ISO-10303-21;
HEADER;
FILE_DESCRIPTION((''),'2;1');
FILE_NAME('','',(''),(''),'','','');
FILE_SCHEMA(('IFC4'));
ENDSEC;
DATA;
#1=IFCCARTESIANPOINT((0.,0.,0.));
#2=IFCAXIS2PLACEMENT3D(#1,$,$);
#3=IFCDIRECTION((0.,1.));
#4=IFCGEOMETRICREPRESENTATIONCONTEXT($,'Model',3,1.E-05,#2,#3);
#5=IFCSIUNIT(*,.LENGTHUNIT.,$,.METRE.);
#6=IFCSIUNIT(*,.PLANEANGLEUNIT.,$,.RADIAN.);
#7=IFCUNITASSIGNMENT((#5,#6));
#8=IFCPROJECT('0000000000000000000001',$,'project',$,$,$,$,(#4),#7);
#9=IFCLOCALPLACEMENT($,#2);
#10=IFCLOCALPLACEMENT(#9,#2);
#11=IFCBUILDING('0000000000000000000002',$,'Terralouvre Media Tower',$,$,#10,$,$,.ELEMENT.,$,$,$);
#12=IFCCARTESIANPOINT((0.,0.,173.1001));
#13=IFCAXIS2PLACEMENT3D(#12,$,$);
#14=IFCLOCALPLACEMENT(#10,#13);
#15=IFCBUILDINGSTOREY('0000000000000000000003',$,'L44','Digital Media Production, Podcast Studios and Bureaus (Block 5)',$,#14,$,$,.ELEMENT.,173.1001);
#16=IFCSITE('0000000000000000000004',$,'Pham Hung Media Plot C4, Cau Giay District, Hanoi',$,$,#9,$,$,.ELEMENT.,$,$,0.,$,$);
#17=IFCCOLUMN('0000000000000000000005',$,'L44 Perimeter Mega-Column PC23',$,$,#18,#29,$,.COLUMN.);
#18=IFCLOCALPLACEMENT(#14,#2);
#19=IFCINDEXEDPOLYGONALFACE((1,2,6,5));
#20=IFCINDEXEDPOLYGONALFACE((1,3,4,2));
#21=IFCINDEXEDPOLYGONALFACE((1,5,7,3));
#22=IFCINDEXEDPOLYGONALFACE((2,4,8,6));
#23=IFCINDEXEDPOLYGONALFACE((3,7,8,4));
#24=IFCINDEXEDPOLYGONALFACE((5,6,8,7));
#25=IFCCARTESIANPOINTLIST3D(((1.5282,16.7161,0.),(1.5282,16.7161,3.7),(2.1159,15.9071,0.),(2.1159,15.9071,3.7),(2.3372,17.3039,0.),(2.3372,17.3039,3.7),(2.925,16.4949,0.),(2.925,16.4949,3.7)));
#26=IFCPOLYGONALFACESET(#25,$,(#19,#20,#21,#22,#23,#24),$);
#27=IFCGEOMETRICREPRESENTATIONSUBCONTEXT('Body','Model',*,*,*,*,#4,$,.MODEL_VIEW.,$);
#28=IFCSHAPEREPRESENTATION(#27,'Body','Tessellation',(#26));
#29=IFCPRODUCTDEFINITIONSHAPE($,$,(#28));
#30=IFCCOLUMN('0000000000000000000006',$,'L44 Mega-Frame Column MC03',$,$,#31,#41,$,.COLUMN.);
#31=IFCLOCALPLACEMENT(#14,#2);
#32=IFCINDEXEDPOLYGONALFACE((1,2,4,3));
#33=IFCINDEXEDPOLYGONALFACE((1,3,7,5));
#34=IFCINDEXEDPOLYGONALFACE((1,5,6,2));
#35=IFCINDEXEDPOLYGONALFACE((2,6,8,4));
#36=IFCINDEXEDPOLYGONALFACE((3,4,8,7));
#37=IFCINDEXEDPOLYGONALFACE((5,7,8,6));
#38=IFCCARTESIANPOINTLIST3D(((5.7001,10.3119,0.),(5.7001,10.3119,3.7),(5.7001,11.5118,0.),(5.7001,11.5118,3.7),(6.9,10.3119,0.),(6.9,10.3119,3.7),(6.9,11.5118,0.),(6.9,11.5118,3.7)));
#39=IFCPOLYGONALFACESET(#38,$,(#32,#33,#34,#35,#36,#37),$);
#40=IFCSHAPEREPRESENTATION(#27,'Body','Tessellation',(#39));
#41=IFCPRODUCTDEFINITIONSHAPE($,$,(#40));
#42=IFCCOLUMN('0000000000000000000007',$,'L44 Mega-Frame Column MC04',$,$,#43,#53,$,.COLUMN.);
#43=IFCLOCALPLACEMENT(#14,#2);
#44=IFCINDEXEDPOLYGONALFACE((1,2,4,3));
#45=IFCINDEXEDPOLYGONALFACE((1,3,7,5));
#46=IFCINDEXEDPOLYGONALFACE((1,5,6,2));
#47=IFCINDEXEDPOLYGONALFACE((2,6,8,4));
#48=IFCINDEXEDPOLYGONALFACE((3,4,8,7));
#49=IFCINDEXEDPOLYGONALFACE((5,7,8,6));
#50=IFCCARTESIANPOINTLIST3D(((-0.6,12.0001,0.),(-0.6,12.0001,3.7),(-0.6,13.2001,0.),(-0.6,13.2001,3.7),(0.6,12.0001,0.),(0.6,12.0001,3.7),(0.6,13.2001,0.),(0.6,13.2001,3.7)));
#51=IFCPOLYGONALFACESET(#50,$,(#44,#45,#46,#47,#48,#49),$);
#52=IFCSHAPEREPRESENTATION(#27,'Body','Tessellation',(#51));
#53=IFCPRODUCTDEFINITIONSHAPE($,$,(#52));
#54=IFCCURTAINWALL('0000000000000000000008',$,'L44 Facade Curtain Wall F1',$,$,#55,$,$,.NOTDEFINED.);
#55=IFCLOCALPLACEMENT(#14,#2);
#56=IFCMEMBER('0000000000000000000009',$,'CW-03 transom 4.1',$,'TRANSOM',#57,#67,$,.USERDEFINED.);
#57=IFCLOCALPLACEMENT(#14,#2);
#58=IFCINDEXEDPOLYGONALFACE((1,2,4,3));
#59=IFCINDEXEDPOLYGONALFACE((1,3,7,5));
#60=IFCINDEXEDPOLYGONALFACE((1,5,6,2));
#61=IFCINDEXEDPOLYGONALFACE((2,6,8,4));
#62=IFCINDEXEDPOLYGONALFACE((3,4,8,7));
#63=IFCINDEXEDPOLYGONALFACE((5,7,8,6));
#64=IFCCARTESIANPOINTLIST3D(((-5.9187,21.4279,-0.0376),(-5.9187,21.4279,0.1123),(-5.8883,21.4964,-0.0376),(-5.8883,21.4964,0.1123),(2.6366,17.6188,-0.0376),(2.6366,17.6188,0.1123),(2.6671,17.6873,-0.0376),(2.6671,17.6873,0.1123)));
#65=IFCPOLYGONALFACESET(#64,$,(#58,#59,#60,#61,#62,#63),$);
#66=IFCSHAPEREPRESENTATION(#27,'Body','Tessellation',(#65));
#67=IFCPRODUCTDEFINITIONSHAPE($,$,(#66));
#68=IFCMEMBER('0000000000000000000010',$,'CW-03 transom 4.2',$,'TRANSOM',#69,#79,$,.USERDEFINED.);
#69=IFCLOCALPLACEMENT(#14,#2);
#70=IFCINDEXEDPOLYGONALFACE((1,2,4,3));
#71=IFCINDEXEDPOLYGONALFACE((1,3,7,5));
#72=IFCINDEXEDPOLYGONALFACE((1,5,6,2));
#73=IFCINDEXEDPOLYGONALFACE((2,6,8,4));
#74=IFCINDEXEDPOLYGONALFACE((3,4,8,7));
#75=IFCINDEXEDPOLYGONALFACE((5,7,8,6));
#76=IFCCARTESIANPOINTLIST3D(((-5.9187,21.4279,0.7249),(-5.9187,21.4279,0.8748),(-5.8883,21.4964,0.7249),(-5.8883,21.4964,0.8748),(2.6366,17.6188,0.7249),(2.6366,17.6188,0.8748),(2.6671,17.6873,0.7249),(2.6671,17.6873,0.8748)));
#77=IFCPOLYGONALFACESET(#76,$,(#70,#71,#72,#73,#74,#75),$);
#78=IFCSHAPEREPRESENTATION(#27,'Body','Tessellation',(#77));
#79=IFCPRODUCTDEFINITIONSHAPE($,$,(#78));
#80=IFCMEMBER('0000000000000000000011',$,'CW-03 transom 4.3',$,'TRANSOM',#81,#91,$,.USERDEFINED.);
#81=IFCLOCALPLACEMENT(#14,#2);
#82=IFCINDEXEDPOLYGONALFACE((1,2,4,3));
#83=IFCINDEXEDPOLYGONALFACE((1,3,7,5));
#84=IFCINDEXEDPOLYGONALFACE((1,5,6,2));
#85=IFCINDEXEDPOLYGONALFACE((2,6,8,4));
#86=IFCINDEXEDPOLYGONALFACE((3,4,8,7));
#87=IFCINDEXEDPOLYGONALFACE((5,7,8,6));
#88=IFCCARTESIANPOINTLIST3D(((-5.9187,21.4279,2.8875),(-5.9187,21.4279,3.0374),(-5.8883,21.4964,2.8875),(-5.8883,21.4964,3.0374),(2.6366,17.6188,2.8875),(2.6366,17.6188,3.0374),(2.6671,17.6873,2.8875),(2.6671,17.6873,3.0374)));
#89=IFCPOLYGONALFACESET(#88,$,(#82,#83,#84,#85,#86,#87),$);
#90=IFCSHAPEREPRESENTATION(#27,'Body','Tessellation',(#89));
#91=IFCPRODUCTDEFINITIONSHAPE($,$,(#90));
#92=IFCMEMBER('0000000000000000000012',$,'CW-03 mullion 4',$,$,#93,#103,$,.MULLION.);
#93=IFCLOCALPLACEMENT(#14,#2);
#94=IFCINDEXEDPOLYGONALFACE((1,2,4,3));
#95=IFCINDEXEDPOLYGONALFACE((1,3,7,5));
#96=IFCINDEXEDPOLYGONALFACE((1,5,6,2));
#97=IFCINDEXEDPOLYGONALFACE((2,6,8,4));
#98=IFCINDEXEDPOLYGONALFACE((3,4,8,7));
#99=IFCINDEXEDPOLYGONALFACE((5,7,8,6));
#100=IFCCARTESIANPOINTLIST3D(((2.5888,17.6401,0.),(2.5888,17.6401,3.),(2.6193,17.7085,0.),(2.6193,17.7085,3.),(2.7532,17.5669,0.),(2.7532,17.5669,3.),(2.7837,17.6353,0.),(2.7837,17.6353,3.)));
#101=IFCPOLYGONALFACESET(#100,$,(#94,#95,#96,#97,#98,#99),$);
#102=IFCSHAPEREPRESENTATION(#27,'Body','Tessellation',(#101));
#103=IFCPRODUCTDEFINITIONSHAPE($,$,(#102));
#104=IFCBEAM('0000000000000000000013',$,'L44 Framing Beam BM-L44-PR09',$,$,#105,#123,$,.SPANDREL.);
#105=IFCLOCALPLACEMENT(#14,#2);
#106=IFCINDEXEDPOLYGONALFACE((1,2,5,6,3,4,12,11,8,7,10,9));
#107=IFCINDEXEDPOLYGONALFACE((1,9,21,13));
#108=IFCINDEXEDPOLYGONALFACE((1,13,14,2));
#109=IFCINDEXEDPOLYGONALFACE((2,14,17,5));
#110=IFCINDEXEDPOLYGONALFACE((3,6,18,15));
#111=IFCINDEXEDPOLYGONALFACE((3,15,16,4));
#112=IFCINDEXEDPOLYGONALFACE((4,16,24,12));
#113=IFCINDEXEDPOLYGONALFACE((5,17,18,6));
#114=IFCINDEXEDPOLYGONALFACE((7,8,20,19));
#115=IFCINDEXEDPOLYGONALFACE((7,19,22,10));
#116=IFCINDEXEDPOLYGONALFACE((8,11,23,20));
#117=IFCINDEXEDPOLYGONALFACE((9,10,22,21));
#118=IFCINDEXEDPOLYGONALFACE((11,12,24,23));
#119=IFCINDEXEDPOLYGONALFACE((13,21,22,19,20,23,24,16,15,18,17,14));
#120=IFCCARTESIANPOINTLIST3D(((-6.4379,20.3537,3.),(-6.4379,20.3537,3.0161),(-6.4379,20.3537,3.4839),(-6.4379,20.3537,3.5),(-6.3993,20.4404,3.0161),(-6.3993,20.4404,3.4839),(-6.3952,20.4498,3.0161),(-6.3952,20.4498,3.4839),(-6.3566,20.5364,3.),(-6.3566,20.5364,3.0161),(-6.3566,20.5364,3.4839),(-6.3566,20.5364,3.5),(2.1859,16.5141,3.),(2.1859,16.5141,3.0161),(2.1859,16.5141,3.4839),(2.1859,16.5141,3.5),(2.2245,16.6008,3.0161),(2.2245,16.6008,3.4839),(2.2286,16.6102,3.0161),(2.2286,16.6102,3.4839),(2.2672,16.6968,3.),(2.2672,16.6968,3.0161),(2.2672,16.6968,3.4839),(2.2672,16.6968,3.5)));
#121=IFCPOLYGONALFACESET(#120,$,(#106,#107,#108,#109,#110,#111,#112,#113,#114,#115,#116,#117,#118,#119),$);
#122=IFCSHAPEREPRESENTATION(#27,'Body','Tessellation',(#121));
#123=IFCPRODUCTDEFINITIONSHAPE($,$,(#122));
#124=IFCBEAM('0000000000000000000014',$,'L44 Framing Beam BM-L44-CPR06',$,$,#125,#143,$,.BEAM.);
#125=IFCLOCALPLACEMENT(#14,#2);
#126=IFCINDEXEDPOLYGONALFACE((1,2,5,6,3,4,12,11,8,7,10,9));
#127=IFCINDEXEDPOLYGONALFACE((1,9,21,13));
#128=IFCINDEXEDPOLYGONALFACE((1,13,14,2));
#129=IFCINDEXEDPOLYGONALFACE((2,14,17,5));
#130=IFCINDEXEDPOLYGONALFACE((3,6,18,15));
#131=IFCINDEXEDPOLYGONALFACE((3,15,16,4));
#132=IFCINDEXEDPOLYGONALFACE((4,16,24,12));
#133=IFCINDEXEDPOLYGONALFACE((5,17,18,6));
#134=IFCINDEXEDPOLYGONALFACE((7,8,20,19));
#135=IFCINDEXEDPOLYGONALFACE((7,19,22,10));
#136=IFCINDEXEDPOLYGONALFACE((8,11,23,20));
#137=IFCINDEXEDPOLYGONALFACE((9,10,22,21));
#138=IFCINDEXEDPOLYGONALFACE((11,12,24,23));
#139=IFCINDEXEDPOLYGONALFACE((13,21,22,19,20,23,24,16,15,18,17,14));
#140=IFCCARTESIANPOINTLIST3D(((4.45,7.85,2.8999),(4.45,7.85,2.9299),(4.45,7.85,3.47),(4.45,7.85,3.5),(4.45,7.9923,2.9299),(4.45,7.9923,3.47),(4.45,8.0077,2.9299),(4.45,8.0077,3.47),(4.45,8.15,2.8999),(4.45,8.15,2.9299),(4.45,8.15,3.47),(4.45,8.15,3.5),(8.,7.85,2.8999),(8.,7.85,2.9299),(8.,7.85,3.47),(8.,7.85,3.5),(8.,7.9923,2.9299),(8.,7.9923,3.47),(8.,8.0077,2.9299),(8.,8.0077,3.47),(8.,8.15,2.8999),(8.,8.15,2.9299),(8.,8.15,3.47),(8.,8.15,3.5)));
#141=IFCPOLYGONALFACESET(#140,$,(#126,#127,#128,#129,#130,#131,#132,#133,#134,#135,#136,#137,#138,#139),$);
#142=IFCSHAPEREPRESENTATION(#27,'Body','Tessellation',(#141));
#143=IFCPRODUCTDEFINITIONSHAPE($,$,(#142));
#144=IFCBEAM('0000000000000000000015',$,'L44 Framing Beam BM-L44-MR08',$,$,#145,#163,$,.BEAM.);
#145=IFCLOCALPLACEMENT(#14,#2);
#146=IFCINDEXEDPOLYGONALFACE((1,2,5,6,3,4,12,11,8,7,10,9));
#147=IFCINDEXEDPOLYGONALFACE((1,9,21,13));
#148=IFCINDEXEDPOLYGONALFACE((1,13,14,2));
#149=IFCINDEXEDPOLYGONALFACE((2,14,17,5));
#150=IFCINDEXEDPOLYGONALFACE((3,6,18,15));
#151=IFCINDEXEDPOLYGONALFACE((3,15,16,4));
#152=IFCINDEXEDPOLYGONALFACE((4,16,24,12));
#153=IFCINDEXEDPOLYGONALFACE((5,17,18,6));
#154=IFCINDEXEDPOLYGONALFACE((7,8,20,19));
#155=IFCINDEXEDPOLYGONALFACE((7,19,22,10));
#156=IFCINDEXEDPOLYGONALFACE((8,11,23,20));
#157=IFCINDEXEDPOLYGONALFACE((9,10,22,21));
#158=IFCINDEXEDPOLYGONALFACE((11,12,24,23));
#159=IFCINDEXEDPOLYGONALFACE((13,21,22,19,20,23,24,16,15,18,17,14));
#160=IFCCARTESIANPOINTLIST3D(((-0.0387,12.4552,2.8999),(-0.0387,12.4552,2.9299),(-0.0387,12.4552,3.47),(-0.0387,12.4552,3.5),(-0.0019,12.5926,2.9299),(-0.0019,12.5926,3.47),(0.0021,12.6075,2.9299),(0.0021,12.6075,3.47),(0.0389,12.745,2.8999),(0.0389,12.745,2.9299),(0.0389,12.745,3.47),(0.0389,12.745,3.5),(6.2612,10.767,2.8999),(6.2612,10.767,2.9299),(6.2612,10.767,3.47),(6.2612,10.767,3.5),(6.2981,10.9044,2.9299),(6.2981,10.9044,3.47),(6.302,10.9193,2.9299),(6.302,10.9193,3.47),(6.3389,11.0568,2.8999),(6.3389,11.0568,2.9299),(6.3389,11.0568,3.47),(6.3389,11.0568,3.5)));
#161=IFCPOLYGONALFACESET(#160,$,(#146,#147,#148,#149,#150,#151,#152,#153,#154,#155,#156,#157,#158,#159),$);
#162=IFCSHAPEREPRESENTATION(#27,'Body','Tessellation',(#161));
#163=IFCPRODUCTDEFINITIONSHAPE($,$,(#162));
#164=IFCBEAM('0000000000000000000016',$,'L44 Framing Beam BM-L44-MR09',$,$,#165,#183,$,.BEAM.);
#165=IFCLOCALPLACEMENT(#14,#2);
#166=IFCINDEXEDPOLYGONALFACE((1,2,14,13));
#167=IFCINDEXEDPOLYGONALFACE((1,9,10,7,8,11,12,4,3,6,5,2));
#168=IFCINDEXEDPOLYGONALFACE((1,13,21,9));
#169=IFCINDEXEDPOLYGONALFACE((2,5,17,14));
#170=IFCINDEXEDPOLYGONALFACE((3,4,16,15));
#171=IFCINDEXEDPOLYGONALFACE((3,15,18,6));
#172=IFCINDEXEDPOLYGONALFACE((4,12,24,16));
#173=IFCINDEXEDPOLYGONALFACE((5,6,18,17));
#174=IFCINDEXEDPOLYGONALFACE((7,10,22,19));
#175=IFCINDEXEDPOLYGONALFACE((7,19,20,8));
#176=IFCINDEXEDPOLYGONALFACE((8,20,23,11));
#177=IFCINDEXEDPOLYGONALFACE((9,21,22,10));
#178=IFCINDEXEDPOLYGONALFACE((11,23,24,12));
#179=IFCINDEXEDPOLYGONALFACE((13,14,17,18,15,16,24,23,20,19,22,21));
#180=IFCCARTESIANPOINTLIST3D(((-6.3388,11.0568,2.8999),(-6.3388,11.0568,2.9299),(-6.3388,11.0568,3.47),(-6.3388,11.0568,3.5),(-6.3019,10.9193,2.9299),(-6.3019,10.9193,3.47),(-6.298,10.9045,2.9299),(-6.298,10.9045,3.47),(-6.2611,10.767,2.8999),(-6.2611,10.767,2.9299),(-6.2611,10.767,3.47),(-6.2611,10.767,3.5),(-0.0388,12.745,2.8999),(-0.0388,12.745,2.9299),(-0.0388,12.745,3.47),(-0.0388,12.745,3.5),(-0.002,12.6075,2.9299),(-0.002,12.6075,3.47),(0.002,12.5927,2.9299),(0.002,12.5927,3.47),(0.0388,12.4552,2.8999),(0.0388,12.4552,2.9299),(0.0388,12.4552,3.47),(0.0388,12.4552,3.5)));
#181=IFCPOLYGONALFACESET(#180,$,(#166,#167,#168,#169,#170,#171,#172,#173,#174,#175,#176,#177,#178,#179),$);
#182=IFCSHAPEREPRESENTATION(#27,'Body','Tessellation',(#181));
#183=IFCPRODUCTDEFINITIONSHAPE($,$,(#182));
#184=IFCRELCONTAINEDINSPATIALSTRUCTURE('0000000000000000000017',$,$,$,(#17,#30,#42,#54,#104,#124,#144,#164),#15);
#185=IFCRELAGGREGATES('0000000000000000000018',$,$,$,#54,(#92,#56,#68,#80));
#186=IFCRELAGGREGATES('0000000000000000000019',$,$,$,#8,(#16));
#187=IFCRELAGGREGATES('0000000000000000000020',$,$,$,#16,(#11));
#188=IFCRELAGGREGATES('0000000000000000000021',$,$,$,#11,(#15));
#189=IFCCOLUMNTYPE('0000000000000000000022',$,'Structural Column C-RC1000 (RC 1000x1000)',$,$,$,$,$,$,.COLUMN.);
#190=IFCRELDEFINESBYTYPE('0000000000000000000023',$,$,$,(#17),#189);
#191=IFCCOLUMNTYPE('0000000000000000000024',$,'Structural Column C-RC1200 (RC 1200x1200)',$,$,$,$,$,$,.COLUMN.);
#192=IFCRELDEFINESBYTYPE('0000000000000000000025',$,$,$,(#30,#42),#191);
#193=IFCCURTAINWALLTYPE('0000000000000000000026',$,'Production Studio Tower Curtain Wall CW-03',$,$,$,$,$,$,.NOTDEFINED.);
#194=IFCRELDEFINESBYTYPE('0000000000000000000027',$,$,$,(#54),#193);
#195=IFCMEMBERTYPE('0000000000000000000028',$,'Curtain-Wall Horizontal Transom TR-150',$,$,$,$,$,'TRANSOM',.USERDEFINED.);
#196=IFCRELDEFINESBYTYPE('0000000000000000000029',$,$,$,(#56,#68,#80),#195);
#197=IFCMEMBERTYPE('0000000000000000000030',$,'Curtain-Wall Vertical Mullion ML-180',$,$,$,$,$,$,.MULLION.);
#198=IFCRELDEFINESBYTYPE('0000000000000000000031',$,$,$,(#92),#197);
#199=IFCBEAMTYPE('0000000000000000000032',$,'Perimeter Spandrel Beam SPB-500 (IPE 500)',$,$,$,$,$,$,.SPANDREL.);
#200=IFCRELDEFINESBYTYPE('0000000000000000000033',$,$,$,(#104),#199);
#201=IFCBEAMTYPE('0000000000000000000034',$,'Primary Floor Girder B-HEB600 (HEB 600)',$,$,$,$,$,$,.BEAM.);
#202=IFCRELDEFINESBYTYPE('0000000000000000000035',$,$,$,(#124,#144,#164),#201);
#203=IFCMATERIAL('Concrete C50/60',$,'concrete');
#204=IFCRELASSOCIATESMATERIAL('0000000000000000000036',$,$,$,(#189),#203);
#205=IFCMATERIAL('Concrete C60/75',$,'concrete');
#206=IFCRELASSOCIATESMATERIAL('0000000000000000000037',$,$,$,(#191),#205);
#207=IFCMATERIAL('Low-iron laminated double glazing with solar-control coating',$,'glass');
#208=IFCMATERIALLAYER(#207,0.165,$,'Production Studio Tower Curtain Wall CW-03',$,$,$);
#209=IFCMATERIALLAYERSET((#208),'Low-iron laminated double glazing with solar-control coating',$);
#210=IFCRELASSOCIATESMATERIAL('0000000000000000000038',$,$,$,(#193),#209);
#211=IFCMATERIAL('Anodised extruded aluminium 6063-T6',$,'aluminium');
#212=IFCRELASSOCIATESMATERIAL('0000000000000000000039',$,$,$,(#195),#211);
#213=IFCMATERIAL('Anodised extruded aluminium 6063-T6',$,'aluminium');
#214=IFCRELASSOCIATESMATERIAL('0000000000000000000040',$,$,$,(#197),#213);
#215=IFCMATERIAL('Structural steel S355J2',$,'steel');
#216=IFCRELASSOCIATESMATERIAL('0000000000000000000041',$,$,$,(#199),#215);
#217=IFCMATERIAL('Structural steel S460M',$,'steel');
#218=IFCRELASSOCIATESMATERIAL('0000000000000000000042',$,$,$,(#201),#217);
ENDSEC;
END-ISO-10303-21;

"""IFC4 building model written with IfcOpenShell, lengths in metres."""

from ifc_helpers import new_model, si_unit, direction, frame, origin, origin_2d, place, context, subcontext, project, spatial, rectangle, i_section, extrude, material, layer, layer_set, material_profile, profile_set, type_object, element, aggregate, save


model = new_model("IFC4")

# Units and contexts
model_context = context("Model", 3, precision=1e-05, world=origin(), true_north=direction((0.0, 1.0)))
body_context = subcontext(model_context, "Body", "Model", "MODEL_VIEW")
ifc_project = project(units=[si_unit("LENGTHUNIT", "METRE"), si_unit("PLANEANGLEUNIT", "RADIAN")], contexts=[model_context])

# Site, building, storey
site_placement = place(None, origin())
site = spatial("IfcSite", under=ifc_project, at=site_placement, Name="Pham Hung Media Plot C4, Cau Giay District, Hanoi", CompositionType="ELEMENT", RefElevation=0.0)
building_placement = place(site_placement, origin())
building = spatial("IfcBuilding", under=site, at=building_placement, Name="Terralouvre Media Tower", CompositionType="ELEMENT")
storey_placement = place(building_placement, frame((0.0, 0.0, 173.1001)))
storey = spatial("IfcBuildingStorey", under=building, at=storey_placement, Name="L44", Description="Digital Media Production, Podcast Studios and Bureaus (Block 5)", CompositionType="ELEMENT", Elevation=173.1001)

# Columns
ifc_material_1 = material(Name="Concrete C50/60", Category="concrete")
ifc_material_profile_1 = material_profile(ifc_material_1, rectangle(XDim=1.0, YDim=1.0, at=origin_2d()), Name="RC 1000x1000")
ifc_profile_set_1 = profile_set([ifc_material_profile_1], Name="Concrete C50/60")
column_type_1 = type_object("IfcColumnType", Name="Structural Column C-RC1000 (RC 1000x1000)", PredefinedType="COLUMN", material=ifc_profile_set_1)
column_placement = place(storey_placement, frame((2.2266, 16.6055, 0.0), z_axis=(0.0, 0.0, 1.0), x_axis=(0.809017, 0.587785, 0.0)))
element("IfcColumn", 1, at=column_placement, inside=storey, type_object=column_type_1, Name="L44 Perimeter Mega-Column PC23", PredefinedType="COLUMN", context=body_context, shape_type="SweptSolid", body=[
    extrude(rectangle(XDim=1.0, YDim=1.0, at=origin_2d()), origin(), (0.0, 0.0, 1.0), 3.7),
])
ifc_material_2 = material(Name="Concrete C60/75", Category="concrete")
ifc_material_profile_2 = material_profile(ifc_material_2, rectangle(XDim=1.2, YDim=1.2, at=origin_2d()), Name="RC 1200x1200")
ifc_profile_set_2 = profile_set([ifc_material_profile_2], Name="Concrete C60/75")
column_type_2 = type_object("IfcColumnType", Name="Structural Column C-RC1200 (RC 1200x1200)", PredefinedType="COLUMN", material=ifc_profile_set_2)
for number, where, z_axis, x_axis, name in (
    (2, (6.3, 10.9119, 0.0), (0.0, 0.0, 1.0), (1.0, 0.0, 0.0), "L44 Mega-Frame Column MC03"),
    (3, (0.0, 12.6001, 0.0), (0.0, 0.0, 1.0), (1.0, 0.0, 0.0), "L44 Mega-Frame Column MC04"),
):
    element("IfcColumn", number, at=place(storey_placement, frame(where, z_axis=z_axis, x_axis=x_axis)), inside=storey, type_object=column_type_2, Name=name, PredefinedType="COLUMN", context=body_context, shape_type="SweptSolid", body=[
        extrude(rectangle(XDim=1.2, YDim=1.2, at=origin_2d()), origin(), (0.0, 0.0, 1.0), 3.7),
    ])

# Curtain wall, members
ifc_material_3 = material(Name="Low-iron laminated double glazing with solar-control coating", Category="glass")
ifc_layer_1 = layer(ifc_material_3, 0.165, Name="Production Studio Tower Curtain Wall CW-03")
ifc_layer_set_1 = layer_set([ifc_layer_1], Name="Low-iron laminated double glazing with solar-control coating")
curtain_wall_type = type_object("IfcCurtainWallType", Name="Production Studio Tower Curtain Wall CW-03", PredefinedType="NOTDEFINED", material=ifc_layer_set_1)
curtain_wall_placement = place(storey_placement, origin())
curtain_wall = element("IfcCurtainWall", 4, at=curtain_wall_placement, inside=storey, type_object=curtain_wall_type, Name="L44 Facade Curtain Wall F1", PredefinedType="NOTDEFINED")
ifc_material_4 = material(Name="Anodised extruded aluminium 6063-T6", Category="aluminium")
ifc_material_profile_3 = material_profile(ifc_material_4, rectangle(XDim=0.075, YDim=0.1499, at=origin_2d()), Name="ALU 75x150")
ifc_profile_set_3 = profile_set([ifc_material_profile_3], Name="Anodised extruded aluminium 6063-T6")
member_type_1 = type_object("IfcMemberType", Name="Curtain-Wall Horizontal Transom TR-150", ElementType="TRANSOM", PredefinedType="USERDEFINED", material=ifc_profile_set_3)
member_1_placement = place(storey_placement, frame((2.6519, 17.6531, 0.0374), z_axis=(-0.913547, 0.406733, 0.0), x_axis=(-0.406733, -0.913547, 0.0)))
member_1 = element("IfcMember", 5, at=member_1_placement, type_object=member_type_1, Name="CW-03 transom 4.1", ObjectType="TRANSOM", PredefinedType="USERDEFINED", context=body_context, shape_type="SweptSolid", body=[
    extrude(rectangle(XDim=0.075, YDim=0.1499, at=origin_2d()), origin(), (0.0, 0.0, 1.0), 9.365),
])
member_2_placement = place(storey_placement, frame((2.6519, 17.6531, 0.7998), z_axis=(-0.913547, 0.406733, 0.0), x_axis=(-0.406733, -0.913547, 0.0)))
member_2 = element("IfcMember", 6, at=member_2_placement, type_object=member_type_1, Name="CW-03 transom 4.2", ObjectType="TRANSOM", PredefinedType="USERDEFINED", context=body_context, shape_type="SweptSolid", body=[
    extrude(rectangle(XDim=0.075, YDim=0.1499, at=origin_2d()), origin(), (0.0, 0.0, 1.0), 9.365),
])
member_3_placement = place(storey_placement, frame((2.6519, 17.6531, 2.9624), z_axis=(-0.913547, 0.406733, 0.0), x_axis=(-0.406733, -0.913547, 0.0)))
member_3 = element("IfcMember", 7, at=member_3_placement, type_object=member_type_1, Name="CW-03 transom 4.3", ObjectType="TRANSOM", PredefinedType="USERDEFINED", context=body_context, shape_type="SweptSolid", body=[
    extrude(rectangle(XDim=0.075, YDim=0.1499, at=origin_2d()), origin(), (0.0, 0.0, 1.0), 9.365),
])
ifc_material_5 = material(Name="Anodised extruded aluminium 6063-T6", Category="aluminium")
ifc_material_profile_4 = material_profile(ifc_material_5, rectangle(XDim=0.075, YDim=0.1799, at=origin_2d()), Name="ALU 75x180")
ifc_profile_set_4 = profile_set([ifc_material_profile_4], Name="Anodised extruded aluminium 6063-T6")
member_type_2 = type_object("IfcMemberType", Name="Curtain-Wall Vertical Mullion ML-180", PredefinedType="MULLION", material=ifc_profile_set_4)
member_4_placement = place(storey_placement, frame((2.6863, 17.6377, 0.0), z_axis=(0.0, 0.0, 1.0), x_axis=(-0.406737, -0.913545, 0.0)))
member_4 = element("IfcMember", 8, at=member_4_placement, type_object=member_type_2, Name="CW-03 mullion 4", PredefinedType="MULLION", context=body_context, shape_type="SweptSolid", body=[
    extrude(rectangle(XDim=0.075, YDim=0.1799, at=origin_2d()), origin(), (0.0, 0.0, 1.0), 3.0),
])

# Beams
ifc_material_6 = material(Name="Structural steel S355J2", Category="steel")
ifc_material_profile_5 = material_profile(ifc_material_6, i_section(OverallWidth=0.2, OverallDepth=0.5, WebThickness=0.0103, FlangeThickness=0.0161, at=origin_2d()), Name="IPE 500")
ifc_profile_set_5 = profile_set([ifc_material_profile_5], Name="Structural steel S355J2")
beam_type_1 = type_object("IfcBeamType", Name="Perimeter Spandrel Beam SPB-500 (IPE 500)", PredefinedType="SPANDREL", material=ifc_profile_set_5)
beam_1_placement = place(storey_placement, frame((2.2266, 16.6055, 3.25), z_axis=(-0.913544, 0.406741, 0.0), x_axis=(-0.406741, -0.913544, 0.0)))
element("IfcBeam", 9, at=beam_1_placement, inside=storey, type_object=beam_type_1, Name="L44 Framing Beam BM-L44-PR09", PredefinedType="SPANDREL", context=body_context, shape_type="SweptSolid", body=[
    extrude(i_section(OverallWidth=0.2, OverallDepth=0.5, WebThickness=0.0103, FlangeThickness=0.0161, at=origin_2d()), origin(), (0.0, 0.0, 1.0), 9.4399),
])
ifc_material_7 = material(Name="Structural steel S460M", Category="steel")
ifc_material_profile_6 = material_profile(ifc_material_7, i_section(OverallWidth=0.3, OverallDepth=0.6001, WebThickness=0.0154, FlangeThickness=0.03, at=origin_2d()), Name="HEB 600")
ifc_profile_set_6 = profile_set([ifc_material_profile_6], Name="Structural steel S460M")
beam_type_2 = type_object("IfcBeamType", Name="Primary Floor Girder B-HEB600 (HEB 600)", PredefinedType="BEAM", material=ifc_profile_set_6)
beam_2_placement = place(storey_placement, frame((8.0, 8.0, 3.2), z_axis=(-1.0, 0.0, 0.0), x_axis=(0.0, -1.0, 0.0)))
element("IfcBeam", 10, at=beam_2_placement, inside=storey, type_object=beam_type_2, Name="L44 Framing Beam BM-L44-CPR06", PredefinedType="BEAM", context=body_context, shape_type="SweptSolid", body=[
    extrude(i_section(OverallWidth=0.3, OverallDepth=0.6001, WebThickness=0.0154, FlangeThickness=0.03, at=origin_2d()), origin(), (0.0, 0.0, 1.0), 3.55),
])
for number, where, z_axis, x_axis, name in (
    (11, (6.3, 10.9119, 3.2), (-0.96592, 0.258839, 0.0), (-0.258839, -0.96592, 0.0), "L44 Framing Beam BM-L44-MR08"),
    (12, (0.0, 12.6001, 3.2), (-0.96592, -0.258839, 0.0), (0.258839, -0.96592, 0.0), "L44 Framing Beam BM-L44-MR09"),
):
    element("IfcBeam", number, at=place(storey_placement, frame(where, z_axis=z_axis, x_axis=x_axis)), inside=storey, type_object=beam_type_2, Name=name, PredefinedType="BEAM", context=body_context, shape_type="SweptSolid", body=[
        extrude(i_section(OverallWidth=0.3, OverallDepth=0.6001, WebThickness=0.0154, FlangeThickness=0.03, at=origin_2d()), origin(), (0.0, 0.0, 1.0), 6.5222),
    ])

aggregate(curtain_wall, [member_4, member_1, member_2, member_3])

save(model, "model.ifc")
